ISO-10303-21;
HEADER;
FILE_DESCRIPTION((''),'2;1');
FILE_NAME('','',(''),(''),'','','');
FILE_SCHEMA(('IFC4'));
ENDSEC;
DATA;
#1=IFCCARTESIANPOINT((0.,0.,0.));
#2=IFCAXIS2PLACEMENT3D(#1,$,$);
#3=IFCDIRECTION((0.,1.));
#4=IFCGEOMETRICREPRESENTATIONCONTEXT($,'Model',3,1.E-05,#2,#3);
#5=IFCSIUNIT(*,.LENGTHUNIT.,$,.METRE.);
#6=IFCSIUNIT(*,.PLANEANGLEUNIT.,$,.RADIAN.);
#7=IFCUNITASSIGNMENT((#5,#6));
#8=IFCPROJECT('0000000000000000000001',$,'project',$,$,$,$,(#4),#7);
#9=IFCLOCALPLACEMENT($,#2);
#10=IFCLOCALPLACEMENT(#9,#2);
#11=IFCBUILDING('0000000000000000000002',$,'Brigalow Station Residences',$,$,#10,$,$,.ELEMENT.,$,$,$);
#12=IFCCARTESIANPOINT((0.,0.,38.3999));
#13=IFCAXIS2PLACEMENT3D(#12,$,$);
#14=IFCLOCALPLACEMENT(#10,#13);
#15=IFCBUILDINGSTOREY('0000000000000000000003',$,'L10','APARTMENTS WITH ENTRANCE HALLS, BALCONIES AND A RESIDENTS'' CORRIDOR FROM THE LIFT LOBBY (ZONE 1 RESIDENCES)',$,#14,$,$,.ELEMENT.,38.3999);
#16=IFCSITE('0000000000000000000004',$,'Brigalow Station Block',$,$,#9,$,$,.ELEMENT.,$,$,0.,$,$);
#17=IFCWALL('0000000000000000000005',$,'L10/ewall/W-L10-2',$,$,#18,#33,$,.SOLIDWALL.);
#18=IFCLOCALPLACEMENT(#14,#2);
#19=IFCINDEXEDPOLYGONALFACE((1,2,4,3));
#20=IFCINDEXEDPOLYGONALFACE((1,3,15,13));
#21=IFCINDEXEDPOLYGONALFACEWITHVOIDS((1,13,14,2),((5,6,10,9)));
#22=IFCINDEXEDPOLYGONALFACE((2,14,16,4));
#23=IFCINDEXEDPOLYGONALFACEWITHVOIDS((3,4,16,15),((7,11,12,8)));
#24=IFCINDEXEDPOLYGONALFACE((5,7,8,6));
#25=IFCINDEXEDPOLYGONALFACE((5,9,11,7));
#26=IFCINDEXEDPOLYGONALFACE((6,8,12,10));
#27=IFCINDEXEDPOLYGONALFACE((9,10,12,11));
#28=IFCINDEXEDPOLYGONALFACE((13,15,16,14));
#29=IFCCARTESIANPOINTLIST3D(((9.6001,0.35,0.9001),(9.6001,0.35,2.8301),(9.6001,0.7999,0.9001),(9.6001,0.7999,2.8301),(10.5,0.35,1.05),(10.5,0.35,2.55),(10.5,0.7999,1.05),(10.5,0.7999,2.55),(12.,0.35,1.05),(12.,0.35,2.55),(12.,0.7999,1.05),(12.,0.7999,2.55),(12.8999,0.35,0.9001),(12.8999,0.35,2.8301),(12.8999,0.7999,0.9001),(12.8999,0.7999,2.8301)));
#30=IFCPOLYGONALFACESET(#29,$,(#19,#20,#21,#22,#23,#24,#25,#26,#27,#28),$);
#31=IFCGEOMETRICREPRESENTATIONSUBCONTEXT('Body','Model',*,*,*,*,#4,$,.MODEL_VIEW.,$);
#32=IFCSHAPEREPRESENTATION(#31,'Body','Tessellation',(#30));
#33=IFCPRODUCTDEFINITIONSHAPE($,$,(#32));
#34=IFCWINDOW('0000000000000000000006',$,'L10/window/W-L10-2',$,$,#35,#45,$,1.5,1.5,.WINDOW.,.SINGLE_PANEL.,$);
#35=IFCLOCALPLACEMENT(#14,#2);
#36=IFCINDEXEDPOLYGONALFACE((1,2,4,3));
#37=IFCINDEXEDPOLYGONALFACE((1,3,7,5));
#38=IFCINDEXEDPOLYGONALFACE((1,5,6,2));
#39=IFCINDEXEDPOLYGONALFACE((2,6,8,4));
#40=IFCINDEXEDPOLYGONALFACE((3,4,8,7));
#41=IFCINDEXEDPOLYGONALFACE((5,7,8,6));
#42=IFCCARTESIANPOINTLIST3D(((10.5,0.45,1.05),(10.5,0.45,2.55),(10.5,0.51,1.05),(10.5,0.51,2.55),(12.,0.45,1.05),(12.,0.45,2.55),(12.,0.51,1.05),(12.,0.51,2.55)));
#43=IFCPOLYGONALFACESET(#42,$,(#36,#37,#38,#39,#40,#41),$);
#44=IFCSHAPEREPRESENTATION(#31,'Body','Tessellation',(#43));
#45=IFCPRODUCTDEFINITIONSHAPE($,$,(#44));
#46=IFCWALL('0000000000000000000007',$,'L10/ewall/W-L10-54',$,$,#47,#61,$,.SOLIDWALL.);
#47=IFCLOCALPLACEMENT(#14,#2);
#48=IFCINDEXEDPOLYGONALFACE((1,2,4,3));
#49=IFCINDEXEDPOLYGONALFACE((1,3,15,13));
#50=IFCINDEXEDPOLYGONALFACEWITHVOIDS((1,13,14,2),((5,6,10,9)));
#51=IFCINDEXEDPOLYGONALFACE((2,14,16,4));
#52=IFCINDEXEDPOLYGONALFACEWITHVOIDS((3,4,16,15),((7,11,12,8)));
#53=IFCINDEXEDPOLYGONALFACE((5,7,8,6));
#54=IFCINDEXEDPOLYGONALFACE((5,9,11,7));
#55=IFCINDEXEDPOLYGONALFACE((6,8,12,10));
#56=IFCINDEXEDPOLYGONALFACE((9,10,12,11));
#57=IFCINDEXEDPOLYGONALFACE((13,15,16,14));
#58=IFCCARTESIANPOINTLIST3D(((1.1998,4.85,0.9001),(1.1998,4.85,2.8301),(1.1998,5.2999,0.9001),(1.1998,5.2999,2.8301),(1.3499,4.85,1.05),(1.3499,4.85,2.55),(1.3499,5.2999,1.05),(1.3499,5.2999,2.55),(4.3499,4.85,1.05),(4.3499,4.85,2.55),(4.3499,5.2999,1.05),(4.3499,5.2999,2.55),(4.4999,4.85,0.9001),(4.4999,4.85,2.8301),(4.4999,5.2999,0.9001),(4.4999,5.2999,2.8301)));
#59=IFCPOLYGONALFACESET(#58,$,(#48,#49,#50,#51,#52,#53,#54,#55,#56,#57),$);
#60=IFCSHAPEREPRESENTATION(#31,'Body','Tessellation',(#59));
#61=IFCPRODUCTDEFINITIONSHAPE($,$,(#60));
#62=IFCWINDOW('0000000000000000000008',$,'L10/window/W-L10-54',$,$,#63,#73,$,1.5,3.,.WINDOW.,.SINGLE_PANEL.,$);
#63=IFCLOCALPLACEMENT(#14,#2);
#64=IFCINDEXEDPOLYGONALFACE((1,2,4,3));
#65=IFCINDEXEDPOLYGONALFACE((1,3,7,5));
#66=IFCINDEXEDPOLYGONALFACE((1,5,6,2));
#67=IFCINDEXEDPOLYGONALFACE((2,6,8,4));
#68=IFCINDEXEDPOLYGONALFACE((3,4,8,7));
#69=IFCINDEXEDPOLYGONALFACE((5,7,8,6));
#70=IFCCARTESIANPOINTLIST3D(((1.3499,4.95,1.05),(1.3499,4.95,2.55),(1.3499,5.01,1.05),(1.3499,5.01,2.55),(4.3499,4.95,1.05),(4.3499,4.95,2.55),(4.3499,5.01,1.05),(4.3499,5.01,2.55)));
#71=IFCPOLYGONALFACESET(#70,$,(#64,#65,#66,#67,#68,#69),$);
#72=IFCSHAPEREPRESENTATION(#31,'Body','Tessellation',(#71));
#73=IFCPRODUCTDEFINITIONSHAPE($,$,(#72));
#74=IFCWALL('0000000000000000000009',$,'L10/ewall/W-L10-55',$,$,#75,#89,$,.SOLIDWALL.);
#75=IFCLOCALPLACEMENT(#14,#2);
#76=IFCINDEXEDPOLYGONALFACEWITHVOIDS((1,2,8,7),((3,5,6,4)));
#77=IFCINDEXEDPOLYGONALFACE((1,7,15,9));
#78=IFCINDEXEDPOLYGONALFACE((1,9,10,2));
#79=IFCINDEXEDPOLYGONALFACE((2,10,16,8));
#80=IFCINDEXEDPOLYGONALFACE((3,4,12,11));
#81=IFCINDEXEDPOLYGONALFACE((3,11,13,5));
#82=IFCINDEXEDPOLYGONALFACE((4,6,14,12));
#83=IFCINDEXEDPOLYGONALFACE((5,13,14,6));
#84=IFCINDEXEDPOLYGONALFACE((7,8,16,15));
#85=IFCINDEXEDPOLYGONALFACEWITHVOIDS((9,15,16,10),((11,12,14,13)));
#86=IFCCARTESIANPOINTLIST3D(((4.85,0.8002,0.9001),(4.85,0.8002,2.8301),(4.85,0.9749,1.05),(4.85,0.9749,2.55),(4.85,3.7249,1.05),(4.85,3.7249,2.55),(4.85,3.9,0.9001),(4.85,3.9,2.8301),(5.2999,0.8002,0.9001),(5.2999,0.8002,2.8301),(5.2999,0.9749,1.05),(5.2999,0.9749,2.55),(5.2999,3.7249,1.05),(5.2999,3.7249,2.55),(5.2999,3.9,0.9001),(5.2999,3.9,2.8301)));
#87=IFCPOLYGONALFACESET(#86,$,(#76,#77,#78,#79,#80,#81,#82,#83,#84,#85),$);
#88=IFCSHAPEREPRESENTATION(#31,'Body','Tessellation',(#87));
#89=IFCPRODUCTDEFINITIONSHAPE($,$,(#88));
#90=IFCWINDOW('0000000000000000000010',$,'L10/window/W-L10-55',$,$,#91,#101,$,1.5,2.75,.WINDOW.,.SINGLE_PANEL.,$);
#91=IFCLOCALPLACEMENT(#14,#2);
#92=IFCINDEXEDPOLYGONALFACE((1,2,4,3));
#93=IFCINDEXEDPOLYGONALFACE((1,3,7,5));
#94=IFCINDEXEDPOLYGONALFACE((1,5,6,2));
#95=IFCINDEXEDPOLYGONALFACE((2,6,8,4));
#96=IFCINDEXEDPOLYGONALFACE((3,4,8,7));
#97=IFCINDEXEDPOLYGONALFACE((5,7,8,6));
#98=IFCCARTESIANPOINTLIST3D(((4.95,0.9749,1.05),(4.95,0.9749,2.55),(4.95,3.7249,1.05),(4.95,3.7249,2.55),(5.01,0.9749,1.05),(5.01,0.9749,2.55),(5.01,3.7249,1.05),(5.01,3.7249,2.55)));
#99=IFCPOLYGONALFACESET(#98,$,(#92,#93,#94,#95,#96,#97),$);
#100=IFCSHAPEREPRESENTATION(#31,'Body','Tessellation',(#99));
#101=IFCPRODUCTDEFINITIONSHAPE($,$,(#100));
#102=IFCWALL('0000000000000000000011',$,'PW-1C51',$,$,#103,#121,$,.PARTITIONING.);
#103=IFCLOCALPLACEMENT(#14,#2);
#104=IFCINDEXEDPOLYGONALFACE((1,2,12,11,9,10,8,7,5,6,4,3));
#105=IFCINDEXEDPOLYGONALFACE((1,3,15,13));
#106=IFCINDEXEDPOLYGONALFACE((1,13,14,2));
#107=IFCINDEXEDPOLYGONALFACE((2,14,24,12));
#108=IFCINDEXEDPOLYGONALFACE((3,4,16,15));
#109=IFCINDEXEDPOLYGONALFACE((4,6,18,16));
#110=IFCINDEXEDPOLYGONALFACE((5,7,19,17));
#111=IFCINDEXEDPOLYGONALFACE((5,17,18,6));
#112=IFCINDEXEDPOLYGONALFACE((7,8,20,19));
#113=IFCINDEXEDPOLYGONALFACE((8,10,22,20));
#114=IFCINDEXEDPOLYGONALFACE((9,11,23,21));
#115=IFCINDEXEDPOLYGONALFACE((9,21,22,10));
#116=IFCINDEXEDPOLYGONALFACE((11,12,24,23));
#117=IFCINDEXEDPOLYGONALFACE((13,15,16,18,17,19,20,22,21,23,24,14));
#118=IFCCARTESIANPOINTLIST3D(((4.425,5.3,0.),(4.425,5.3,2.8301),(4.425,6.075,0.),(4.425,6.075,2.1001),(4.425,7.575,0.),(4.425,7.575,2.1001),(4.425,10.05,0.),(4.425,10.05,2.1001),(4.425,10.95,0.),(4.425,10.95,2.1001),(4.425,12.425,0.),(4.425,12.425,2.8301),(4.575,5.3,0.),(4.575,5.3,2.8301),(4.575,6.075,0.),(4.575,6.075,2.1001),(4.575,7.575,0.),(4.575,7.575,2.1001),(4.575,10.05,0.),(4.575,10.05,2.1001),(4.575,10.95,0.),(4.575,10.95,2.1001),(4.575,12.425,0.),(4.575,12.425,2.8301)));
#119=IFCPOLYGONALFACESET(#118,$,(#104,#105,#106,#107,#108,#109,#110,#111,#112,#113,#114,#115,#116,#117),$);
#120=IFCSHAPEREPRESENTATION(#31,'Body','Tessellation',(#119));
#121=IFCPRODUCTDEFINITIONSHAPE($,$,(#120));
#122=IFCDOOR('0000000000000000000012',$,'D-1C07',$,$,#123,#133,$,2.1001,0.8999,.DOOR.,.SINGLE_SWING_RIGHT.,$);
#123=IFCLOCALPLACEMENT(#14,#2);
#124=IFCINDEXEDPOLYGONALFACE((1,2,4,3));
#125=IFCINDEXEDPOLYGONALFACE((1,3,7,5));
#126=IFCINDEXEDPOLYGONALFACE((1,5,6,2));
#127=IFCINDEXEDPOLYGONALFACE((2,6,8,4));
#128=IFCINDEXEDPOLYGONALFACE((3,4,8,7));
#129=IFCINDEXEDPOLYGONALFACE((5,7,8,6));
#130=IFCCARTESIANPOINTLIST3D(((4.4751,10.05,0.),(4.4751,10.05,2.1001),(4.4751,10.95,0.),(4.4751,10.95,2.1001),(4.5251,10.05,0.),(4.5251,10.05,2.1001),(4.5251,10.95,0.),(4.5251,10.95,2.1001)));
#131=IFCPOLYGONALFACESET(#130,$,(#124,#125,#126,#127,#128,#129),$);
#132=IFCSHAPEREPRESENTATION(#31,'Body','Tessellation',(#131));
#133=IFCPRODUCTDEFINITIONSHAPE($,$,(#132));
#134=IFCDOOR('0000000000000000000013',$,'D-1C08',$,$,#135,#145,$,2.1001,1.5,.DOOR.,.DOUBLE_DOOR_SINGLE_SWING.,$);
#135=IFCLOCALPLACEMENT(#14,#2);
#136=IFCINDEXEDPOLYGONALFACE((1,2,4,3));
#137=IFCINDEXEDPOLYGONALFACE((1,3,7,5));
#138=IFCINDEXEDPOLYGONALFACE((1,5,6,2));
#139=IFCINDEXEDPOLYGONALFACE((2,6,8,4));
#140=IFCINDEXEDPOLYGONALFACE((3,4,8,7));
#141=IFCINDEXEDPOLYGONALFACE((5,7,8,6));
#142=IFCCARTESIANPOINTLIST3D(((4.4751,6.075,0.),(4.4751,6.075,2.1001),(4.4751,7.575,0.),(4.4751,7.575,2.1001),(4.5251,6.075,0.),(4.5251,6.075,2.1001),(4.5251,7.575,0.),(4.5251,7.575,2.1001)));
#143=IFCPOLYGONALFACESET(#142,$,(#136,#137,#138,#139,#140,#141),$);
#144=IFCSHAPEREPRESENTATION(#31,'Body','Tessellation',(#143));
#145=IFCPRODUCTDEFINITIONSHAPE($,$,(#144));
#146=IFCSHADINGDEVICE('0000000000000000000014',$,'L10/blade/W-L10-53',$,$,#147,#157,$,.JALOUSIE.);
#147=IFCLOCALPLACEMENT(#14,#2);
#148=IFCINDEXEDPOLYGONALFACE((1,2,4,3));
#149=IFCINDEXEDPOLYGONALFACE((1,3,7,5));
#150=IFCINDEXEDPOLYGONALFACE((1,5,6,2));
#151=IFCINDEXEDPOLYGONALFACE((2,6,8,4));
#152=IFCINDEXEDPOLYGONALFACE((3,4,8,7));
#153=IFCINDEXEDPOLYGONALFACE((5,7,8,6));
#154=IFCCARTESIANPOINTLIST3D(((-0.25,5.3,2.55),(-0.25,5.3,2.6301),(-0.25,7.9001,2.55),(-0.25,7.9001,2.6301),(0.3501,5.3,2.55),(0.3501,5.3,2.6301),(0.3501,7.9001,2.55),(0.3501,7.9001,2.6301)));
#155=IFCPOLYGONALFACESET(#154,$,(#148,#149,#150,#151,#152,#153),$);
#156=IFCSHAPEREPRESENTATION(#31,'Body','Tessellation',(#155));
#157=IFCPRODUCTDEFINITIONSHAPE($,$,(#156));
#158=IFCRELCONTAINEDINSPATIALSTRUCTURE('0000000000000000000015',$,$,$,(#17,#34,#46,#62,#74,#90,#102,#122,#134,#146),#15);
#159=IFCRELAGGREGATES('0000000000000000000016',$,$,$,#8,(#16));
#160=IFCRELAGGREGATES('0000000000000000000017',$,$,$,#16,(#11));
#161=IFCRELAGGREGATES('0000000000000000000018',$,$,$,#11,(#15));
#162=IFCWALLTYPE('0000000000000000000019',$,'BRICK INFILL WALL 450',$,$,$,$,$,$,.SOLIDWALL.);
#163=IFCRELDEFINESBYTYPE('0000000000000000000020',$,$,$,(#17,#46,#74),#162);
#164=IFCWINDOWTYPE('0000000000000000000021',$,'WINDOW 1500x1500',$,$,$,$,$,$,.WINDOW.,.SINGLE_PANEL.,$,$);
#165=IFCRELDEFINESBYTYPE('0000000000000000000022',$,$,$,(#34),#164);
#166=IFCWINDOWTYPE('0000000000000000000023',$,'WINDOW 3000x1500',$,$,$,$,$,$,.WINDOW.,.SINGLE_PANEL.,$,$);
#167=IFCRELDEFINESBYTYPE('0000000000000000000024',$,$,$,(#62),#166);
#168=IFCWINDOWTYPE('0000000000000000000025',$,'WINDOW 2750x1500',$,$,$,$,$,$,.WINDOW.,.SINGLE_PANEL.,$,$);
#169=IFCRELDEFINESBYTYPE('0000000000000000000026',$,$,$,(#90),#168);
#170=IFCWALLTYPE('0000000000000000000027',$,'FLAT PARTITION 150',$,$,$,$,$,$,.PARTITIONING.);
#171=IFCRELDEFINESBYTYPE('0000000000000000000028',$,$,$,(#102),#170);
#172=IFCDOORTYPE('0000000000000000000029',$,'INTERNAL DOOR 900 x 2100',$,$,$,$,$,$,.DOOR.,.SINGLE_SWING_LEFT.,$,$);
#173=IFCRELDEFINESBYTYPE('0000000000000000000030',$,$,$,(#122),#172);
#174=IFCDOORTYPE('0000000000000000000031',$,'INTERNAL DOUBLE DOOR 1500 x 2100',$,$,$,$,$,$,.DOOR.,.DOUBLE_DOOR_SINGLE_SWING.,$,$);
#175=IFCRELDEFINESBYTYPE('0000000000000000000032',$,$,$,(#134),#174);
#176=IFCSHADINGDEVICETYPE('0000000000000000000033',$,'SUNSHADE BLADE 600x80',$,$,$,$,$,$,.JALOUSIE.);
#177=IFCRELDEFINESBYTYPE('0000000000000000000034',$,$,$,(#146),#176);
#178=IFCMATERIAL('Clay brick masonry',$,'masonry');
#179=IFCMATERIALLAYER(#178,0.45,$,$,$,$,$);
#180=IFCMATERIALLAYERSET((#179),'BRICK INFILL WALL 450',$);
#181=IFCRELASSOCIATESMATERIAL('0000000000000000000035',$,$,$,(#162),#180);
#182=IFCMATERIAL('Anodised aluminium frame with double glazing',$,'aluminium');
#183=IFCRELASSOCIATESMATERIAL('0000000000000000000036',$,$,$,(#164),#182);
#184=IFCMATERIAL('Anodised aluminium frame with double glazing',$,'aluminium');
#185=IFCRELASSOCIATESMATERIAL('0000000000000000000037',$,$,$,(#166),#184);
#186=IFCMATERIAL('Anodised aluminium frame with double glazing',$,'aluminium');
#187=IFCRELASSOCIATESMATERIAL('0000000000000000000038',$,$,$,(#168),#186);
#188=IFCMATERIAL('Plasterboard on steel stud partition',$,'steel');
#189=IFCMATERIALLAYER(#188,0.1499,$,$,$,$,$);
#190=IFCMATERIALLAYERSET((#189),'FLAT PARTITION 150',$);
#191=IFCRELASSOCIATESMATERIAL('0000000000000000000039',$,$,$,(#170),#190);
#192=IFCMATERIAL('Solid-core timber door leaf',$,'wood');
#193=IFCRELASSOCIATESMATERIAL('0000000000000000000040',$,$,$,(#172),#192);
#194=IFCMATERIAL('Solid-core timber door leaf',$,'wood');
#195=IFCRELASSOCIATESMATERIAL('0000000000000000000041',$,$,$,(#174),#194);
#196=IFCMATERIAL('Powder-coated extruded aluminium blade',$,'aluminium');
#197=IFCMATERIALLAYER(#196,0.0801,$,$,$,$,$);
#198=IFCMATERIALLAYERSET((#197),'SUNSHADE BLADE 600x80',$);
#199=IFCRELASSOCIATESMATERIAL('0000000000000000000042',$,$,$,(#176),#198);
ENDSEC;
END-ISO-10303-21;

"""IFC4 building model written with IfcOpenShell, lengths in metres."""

from ifc_helpers import new_model, si_unit, direction, frame, frame_2d, origin, origin_2d, place, context, subcontext, project, spatial, rectangle, extrude, material, layer, layer_set, type_object, element, fill, save


model = new_model("IFC4")

# Units and contexts
model_context = context("Model", 3, precision=1e-05, world=origin(), true_north=direction((0.0, 1.0)))
body_context = subcontext(model_context, "Body", "Model", "MODEL_VIEW")
ifc_project = project(units=[si_unit("LENGTHUNIT", "METRE"), si_unit("PLANEANGLEUNIT", "RADIAN")], contexts=[model_context])

# Site, building, storey
site_placement = place(None, origin())
site = spatial("IfcSite", under=ifc_project, at=site_placement, Name="Brigalow Station Block", CompositionType="ELEMENT", RefElevation=0.0)
building_placement = place(site_placement, origin())
building = spatial("IfcBuilding", under=site, at=building_placement, Name="Brigalow Station Residences", CompositionType="ELEMENT")
storey_placement = place(building_placement, frame((0.0, 0.0, 38.3999)))
storey = spatial("IfcBuildingStorey", under=building, at=storey_placement, Name="L10", Description="APARTMENTS WITH ENTRANCE HALLS, BALCONIES AND A RESIDENTS' CORRIDOR FROM THE LIFT LOBBY (ZONE 1 RESIDENCES)", CompositionType="ELEMENT", Elevation=38.3999)

# Walls, openings, windows
ifc_material_1 = material(Name="Clay brick masonry", Category="masonry")
ifc_layer_1 = layer(ifc_material_1, 0.45)
ifc_layer_set_1 = layer_set([ifc_layer_1], Name="BRICK INFILL WALL 450")
wall_type_1 = type_object("IfcWallType", Name="BRICK INFILL WALL 450", PredefinedType="SOLIDWALL", material=ifc_layer_set_1)
ifc_material_2 = material(Name="Anodised aluminium frame with double glazing", Category="aluminium")
window_type_1 = type_object("IfcWindowType", Name="WINDOW 1500x1500", PartitioningType="SINGLE_PANEL", PredefinedType="WINDOW", material=ifc_material_2)
wall_1_placement = place(storey_placement, frame((9.6001, 0.575, 0.9001), z_axis=(0.0, 0.0, 1.0), x_axis=(1.0, 0.0, 0.0)))
wall_1 = element("IfcWall", 1, at=wall_1_placement, inside=storey, type_object=wall_type_1, Name="L10/ewall/W-L10-2", PredefinedType="SOLIDWALL", context=body_context, shape_type="SweptSolid", body=[
    extrude(rectangle(XDim=3.2998, YDim=0.45, at=frame_2d((1.6499, 0.0))), origin(), (0.0, 0.0, 1.0), 1.9299),
])
opening_1_placement = place(wall_1_placement, frame((0.8999, 0.0, 0.1499)))
opening_1 = element("IfcOpeningElement", 2, at=opening_1_placement, cuts=wall_1, PredefinedType="OPENING", context=body_context, shape_type="SweptSolid", body=[
    extrude(rectangle(XDim=1.5, YDim=1.5, at=frame_2d((0.75, 0.75))), frame((0.0, 0.2349, 0.0), z_axis=(0.0, -1.0, 0.0), x_axis=(1.0, 0.0, 0.0)), (0.0, 0.0, 1.0), 0.47),
])
window_1_placement = place(opening_1_placement, origin())
window_1 = element("IfcWindow", 3, at=window_1_placement, inside=storey, type_object=window_type_1, Name="L10/window/W-L10-2", OverallHeight=1.5, OverallWidth=1.5, PartitioningType="SINGLE_PANEL", PredefinedType="WINDOW", context=body_context, shape_type="SweptSolid", body=[
    extrude(rectangle(XDim=1.5, YDim=1.5, at=frame_2d((0.75, 0.75))), frame((0.0, -0.0649, 0.0), z_axis=(0.0, -1.0, 0.0), x_axis=(1.0, 0.0, 0.0)), (0.0, 0.0, 1.0), 0.0601),
])
fill(opening_1, window_1)
wall_2_placement = place(storey_placement, frame((1.2, 5.075, 0.9001), z_axis=(0.0, 0.0, 1.0), x_axis=(1.0, 0.0, 0.0)))
wall_2 = element("IfcWall", 4, at=wall_2_placement, inside=storey, type_object=wall_type_1, Name="L10/ewall/W-L10-54", PredefinedType="SOLIDWALL", context=body_context, shape_type="SweptSolid", body=[
    extrude(rectangle(XDim=3.3, YDim=0.45, at=frame_2d((1.6499, 0.0))), origin(), (0.0, 0.0, 1.0), 1.9299),
])
opening_2_placement = place(wall_2_placement, frame((0.1499, 0.0, 0.1499)))
opening_2 = element("IfcOpeningElement", 5, at=opening_2_placement, cuts=wall_2, PredefinedType="OPENING", context=body_context, shape_type="SweptSolid", body=[
    extrude(rectangle(XDim=3.0, YDim=1.5, at=frame_2d((1.5, 0.75))), frame((0.0, 0.2349, 0.0), z_axis=(0.0, -1.0, 0.0), x_axis=(1.0, 0.0, 0.0)), (0.0, 0.0, 1.0), 0.47),
])
ifc_material_3 = material(Name="Anodised aluminium frame with double glazing", Category="aluminium")
window_type_2 = type_object("IfcWindowType", Name="WINDOW 3000x1500", PartitioningType="SINGLE_PANEL", PredefinedType="WINDOW", material=ifc_material_3)
window_2_placement = place(opening_2_placement, origin())
window_2 = element("IfcWindow", 6, at=window_2_placement, inside=storey, type_object=window_type_2, Name="L10/window/W-L10-54", OverallHeight=1.5, OverallWidth=3.0, PartitioningType="SINGLE_PANEL", PredefinedType="WINDOW", context=body_context, shape_type="SweptSolid", body=[
    extrude(rectangle(XDim=3.0, YDim=1.5, at=frame_2d((1.5, 0.75))), frame((0.0, -0.0649, 0.0), z_axis=(0.0, -1.0, 0.0), x_axis=(1.0, 0.0, 0.0)), (0.0, 0.0, 1.0), 0.0601),
])
fill(opening_2, window_2)
wall_3_placement = place(storey_placement, frame((5.075, 3.8999, 0.9001), z_axis=(0.0, 0.0, 1.0), x_axis=(0.0, -1.0, 0.0)))
wall_3 = element("IfcWall", 7, at=wall_3_placement, inside=storey, type_object=wall_type_1, Name="L10/ewall/W-L10-55", PredefinedType="SOLIDWALL", context=body_context, shape_type="SweptSolid", body=[
    extrude(rectangle(XDim=3.0999, YDim=0.45, at=frame_2d((1.5498, 0.0))), origin(), (0.0, 0.0, 1.0), 1.9299),
])
opening_3_placement = place(wall_3_placement, frame((0.175, 0.0, 0.1499)))
opening_3 = element("IfcOpeningElement", 8, at=opening_3_placement, cuts=wall_3, PredefinedType="OPENING", context=body_context, shape_type="SweptSolid", body=[
    extrude(rectangle(XDim=2.75, YDim=1.5, at=frame_2d((1.375, 0.75))), frame((0.0, 0.2349, 0.0), z_axis=(0.0, -1.0, 0.0), x_axis=(1.0, 0.0, 0.0)), (0.0, 0.0, 1.0), 0.47),
])
ifc_material_4 = material(Name="Anodised aluminium frame with double glazing", Category="aluminium")
window_type_3 = type_object("IfcWindowType", Name="WINDOW 2750x1500", PartitioningType="SINGLE_PANEL", PredefinedType="WINDOW", material=ifc_material_4)
window_3_placement = place(opening_3_placement, origin())
window_3 = element("IfcWindow", 9, at=window_3_placement, inside=storey, type_object=window_type_3, Name="L10/window/W-L10-55", OverallHeight=1.5, OverallWidth=2.75, PartitioningType="SINGLE_PANEL", PredefinedType="WINDOW", context=body_context, shape_type="SweptSolid", body=[
    extrude(rectangle(XDim=2.75, YDim=1.5, at=frame_2d((1.375, 0.75))), frame((0.0, -0.0649, 0.0), z_axis=(0.0, -1.0, 0.0), x_axis=(1.0, 0.0, 0.0)), (0.0, 0.0, 1.0), 0.0601),
])
fill(opening_3, window_3)

# Wall, openings, doors
ifc_material_5 = material(Name="Plasterboard on steel stud partition", Category="steel")
ifc_layer_2 = layer(ifc_material_5, 0.1499)
ifc_layer_set_2 = layer_set([ifc_layer_2], Name="FLAT PARTITION 150")
wall_type_2 = type_object("IfcWallType", Name="FLAT PARTITION 150", PredefinedType="PARTITIONING", material=ifc_layer_set_2)
wall_4_placement = place(storey_placement, frame((4.5, 5.3, 0.0), z_axis=(0.0, 0.0, 1.0), x_axis=(0.0, 1.0, 0.0)))
wall_4 = element("IfcWall", 10, at=wall_4_placement, inside=storey, type_object=wall_type_2, Name="PW-1C51", PredefinedType="PARTITIONING", context=body_context, shape_type="SweptSolid", body=[
    extrude(rectangle(XDim=7.125, YDim=0.1499, at=frame_2d((3.5625, 0.0))), origin(), (0.0, 0.0, 1.0), 2.8301),
])
opening_4_placement = place(wall_4_placement, frame((4.75, 0.0, 0.0)))
opening_4 = element("IfcOpeningElement", 11, at=opening_4_placement, cuts=wall_4, PredefinedType="OPENING", context=body_context, shape_type="SweptSolid", body=[
    extrude(rectangle(XDim=0.8999, YDim=2.1001, at=frame_2d((0.45, 1.05))), frame((0.0, 0.085, 0.0), z_axis=(0.0, -1.0, 0.0), x_axis=(1.0, 0.0, 0.0)), (0.0, 0.0, 1.0), 0.1699),
])
opening_5_placement = place(wall_4_placement, frame((0.7749, 0.0, 0.0)))
opening_5 = element("IfcOpeningElement", 12, at=opening_5_placement, cuts=wall_4, PredefinedType="OPENING", context=body_context, shape_type="SweptSolid", body=[
    extrude(rectangle(XDim=1.5, YDim=2.1001, at=frame_2d((0.75, 1.05))), frame((0.0, 0.085, 0.0), z_axis=(0.0, -1.0, 0.0), x_axis=(1.0, 0.0, 0.0)), (0.0, 0.0, 1.0), 0.1699),
])
ifc_material_6 = material(Name="Solid-core timber door leaf", Category="wood")
door_type_1 = type_object("IfcDoorType", Name="INTERNAL DOOR 900 x 2100", OperationType="SINGLE_SWING_LEFT", PredefinedType="DOOR", material=ifc_material_6)
door_1_placement = place(opening_4_placement, origin())
door_1 = element("IfcDoor", 13, at=door_1_placement, inside=storey, type_object=door_type_1, Name="D-1C07", OperationType="SINGLE_SWING_RIGHT", OverallHeight=2.1001, OverallWidth=0.8999, PredefinedType="DOOR", context=body_context, shape_type="SweptSolid", body=[
    extrude(rectangle(XDim=0.8999, YDim=2.1001, at=frame_2d((0.45, 1.05))), frame((0.0, 0.0249, 0.0), z_axis=(0.0, -1.0, 0.0), x_axis=(1.0, 0.0, 0.0)), (0.0, 0.0, 1.0), 0.05),
])
fill(opening_4, door_1)
ifc_material_7 = material(Name="Solid-core timber door leaf", Category="wood")
door_type_2 = type_object("IfcDoorType", Name="INTERNAL DOUBLE DOOR 1500 x 2100", OperationType="DOUBLE_DOOR_SINGLE_SWING", PredefinedType="DOOR", material=ifc_material_7)
door_2_placement = place(opening_5_placement, origin())
door_2 = element("IfcDoor", 14, at=door_2_placement, inside=storey, type_object=door_type_2, Name="D-1C08", OperationType="DOUBLE_DOOR_SINGLE_SWING", OverallHeight=2.1001, OverallWidth=1.5, PredefinedType="DOOR", context=body_context, shape_type="SweptSolid", body=[
    extrude(rectangle(XDim=1.5, YDim=2.1001, at=frame_2d((0.75, 1.05))), frame((0.0, 0.0249, 0.0), z_axis=(0.0, -1.0, 0.0), x_axis=(1.0, 0.0, 0.0)), (0.0, 0.0, 1.0), 0.05),
])
fill(opening_5, door_2)

# Shading device
ifc_material_8 = material(Name="Powder-coated extruded aluminium blade", Category="aluminium")
ifc_layer_3 = layer(ifc_material_8, 0.0801)
ifc_layer_set_3 = layer_set([ifc_layer_3], Name="SUNSHADE BLADE 600x80")
shading_device_type = type_object("IfcShadingDeviceType", Name="SUNSHADE BLADE 600x80", PredefinedType="JALOUSIE", material=ifc_layer_set_3)
shading_device_1_placement = place(storey_placement, frame((0.05, 6.6001, 2.55), z_axis=(0.0, 0.0, 1.0), x_axis=(0.0, -1.0, 0.0)))
element("IfcShadingDevice", 15, at=shading_device_1_placement, inside=storey, type_object=shading_device_type, Name="L10/blade/W-L10-53", PredefinedType="JALOUSIE", context=body_context, shape_type="SweptSolid", body=[
    extrude(rectangle(XDim=2.6001, YDim=0.6001, at=origin_2d()), origin(), (0.0, 0.0, 1.0), 0.0801),
])

save(model, "model.ifc")
